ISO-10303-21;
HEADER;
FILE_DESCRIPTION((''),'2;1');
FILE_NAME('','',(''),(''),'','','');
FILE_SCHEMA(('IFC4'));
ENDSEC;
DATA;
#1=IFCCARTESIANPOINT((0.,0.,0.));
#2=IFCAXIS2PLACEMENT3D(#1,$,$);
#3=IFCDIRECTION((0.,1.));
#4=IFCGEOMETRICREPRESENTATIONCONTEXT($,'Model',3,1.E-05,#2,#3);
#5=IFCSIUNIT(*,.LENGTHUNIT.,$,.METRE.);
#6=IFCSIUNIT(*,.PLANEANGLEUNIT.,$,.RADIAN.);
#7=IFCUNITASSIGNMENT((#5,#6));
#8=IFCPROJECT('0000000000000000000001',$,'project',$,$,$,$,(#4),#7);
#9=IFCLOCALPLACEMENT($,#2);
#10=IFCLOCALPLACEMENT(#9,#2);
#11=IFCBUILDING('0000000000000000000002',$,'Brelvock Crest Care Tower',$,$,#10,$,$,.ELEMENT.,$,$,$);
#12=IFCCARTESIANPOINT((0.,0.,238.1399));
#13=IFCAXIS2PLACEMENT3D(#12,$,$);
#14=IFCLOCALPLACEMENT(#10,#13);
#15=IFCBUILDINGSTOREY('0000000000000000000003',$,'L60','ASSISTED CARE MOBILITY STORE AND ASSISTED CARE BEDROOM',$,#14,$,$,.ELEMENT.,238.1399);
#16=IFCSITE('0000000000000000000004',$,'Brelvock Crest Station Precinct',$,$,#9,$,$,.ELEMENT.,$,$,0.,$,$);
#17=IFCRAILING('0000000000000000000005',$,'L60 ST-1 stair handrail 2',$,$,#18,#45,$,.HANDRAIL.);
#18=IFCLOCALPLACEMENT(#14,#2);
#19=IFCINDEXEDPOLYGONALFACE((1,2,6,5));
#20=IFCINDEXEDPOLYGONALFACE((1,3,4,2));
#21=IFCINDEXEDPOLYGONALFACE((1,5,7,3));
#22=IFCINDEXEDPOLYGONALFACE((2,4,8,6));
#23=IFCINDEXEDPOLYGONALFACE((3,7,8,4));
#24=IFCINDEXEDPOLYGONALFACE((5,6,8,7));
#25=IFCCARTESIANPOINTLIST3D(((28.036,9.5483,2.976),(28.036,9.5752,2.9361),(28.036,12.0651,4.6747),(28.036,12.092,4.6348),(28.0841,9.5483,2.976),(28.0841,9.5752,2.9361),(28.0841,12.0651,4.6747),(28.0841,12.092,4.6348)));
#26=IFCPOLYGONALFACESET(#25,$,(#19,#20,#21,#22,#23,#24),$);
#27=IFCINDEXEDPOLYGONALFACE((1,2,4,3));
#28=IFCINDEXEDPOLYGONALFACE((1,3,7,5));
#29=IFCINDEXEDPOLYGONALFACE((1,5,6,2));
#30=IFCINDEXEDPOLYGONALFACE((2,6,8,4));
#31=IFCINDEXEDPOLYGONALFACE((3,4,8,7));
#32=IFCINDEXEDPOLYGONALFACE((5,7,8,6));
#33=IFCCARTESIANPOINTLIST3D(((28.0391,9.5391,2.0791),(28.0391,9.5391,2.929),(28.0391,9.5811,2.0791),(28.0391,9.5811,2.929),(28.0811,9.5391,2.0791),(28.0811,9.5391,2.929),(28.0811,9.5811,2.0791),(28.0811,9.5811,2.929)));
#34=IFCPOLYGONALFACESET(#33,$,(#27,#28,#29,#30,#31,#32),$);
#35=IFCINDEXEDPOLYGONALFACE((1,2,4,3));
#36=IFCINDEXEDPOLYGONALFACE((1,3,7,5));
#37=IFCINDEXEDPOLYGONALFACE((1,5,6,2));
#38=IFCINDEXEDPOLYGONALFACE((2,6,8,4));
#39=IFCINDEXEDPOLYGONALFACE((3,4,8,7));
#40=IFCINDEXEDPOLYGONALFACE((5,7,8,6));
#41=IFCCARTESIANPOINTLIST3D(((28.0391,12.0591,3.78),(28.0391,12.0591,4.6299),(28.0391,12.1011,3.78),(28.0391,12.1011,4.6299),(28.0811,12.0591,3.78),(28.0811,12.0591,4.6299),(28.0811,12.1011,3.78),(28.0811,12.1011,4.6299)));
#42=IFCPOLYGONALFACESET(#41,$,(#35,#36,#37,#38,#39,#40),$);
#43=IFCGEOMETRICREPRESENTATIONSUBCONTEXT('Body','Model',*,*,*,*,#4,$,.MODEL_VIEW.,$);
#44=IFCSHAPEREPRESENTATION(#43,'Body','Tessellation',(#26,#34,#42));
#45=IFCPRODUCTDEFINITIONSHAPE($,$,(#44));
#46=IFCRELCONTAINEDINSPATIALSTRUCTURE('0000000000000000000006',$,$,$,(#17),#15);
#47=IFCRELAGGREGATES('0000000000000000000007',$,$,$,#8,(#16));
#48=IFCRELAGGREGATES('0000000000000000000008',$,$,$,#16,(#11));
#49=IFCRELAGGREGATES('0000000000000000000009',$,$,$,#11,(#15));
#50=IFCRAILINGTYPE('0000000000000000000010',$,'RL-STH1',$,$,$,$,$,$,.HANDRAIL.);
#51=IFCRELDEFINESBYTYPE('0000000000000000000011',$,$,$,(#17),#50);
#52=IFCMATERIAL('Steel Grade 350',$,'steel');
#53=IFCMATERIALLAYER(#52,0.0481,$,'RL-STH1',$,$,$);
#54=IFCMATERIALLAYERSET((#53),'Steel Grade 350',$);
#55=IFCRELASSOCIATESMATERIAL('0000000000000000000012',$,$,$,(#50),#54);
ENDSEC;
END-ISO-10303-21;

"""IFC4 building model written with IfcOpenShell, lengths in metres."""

from ifc_helpers import new_model, si_unit, direction, frame, origin, origin_2d, place, context, subcontext, project, spatial, rectangle, extrude, material, layer, layer_set, type_object, element, save


model = new_model("IFC4")

# Units and contexts
model_context = context("Model", 3, precision=1e-05, world=origin(), true_north=direction((0.0, 1.0)))
body_context = subcontext(model_context, "Body", "Model", "MODEL_VIEW")
ifc_project = project(units=[si_unit("LENGTHUNIT", "METRE"), si_unit("PLANEANGLEUNIT", "RADIAN")], contexts=[model_context])

# Site, building, storey
site_placement = place(None, origin())
site = spatial("IfcSite", under=ifc_project, at=site_placement, Name="Brelvock Crest Station Precinct", CompositionType="ELEMENT", RefElevation=0.0)
building_placement = place(site_placement, origin())
building = spatial("IfcBuilding", under=site, at=building_placement, Name="Brelvock Crest Care Tower", CompositionType="ELEMENT")
storey_placement = place(building_placement, frame((0.0, 0.0, 238.1399)))
storey = spatial("IfcBuildingStorey", under=building, at=storey_placement, Name="L60", Description="ASSISTED CARE MOBILITY STORE AND ASSISTED CARE BEDROOM", CompositionType="ELEMENT", Elevation=238.1399)

# Shared definitions
ifc_material_1 = material(Name="Steel Grade 350", Category="steel")

# Railing
ifc_layer_1 = layer(ifc_material_1, 0.0481, Name="RL-STH1")
ifc_layer_set_1 = layer_set([ifc_layer_1], Name="Steel Grade 350")
railing_type_1 = type_object("IfcRailingType", Name="RL-STH1", PredefinedType="HANDRAIL", material=ifc_layer_set_1)
railing_1_placement = place(storey_placement, frame((28.0601, 9.5601, 2.0791)))
element("IfcRailing", 1, at=railing_1_placement, inside=storey, type_object=railing_type_1, Name="L60 ST-1 stair handrail 2", PredefinedType="HANDRAIL", context=body_context, shape_type="SweptSolid", body=[
    extrude(rectangle(XDim=0.0481, YDim=0.0481, at=origin_2d()), frame((0.0, 0.0017, 0.877), z_axis=(0.0, 0.828862, 0.559454), x_axis=(-1.0, 0.0, 0.0)), (0.0, 0.0, 1.0), 3.0364),
    extrude(rectangle(XDim=0.042, YDim=0.042, at=origin_2d()), origin(), (0.0, 0.0, 1.0), 0.8499),
    extrude(rectangle(XDim=0.042, YDim=0.042, at=origin_2d()), frame((0.0, 2.52, 1.7009)), (0.0, 0.0, 1.0), 0.8499),
])

save(model, "model.ifc")
